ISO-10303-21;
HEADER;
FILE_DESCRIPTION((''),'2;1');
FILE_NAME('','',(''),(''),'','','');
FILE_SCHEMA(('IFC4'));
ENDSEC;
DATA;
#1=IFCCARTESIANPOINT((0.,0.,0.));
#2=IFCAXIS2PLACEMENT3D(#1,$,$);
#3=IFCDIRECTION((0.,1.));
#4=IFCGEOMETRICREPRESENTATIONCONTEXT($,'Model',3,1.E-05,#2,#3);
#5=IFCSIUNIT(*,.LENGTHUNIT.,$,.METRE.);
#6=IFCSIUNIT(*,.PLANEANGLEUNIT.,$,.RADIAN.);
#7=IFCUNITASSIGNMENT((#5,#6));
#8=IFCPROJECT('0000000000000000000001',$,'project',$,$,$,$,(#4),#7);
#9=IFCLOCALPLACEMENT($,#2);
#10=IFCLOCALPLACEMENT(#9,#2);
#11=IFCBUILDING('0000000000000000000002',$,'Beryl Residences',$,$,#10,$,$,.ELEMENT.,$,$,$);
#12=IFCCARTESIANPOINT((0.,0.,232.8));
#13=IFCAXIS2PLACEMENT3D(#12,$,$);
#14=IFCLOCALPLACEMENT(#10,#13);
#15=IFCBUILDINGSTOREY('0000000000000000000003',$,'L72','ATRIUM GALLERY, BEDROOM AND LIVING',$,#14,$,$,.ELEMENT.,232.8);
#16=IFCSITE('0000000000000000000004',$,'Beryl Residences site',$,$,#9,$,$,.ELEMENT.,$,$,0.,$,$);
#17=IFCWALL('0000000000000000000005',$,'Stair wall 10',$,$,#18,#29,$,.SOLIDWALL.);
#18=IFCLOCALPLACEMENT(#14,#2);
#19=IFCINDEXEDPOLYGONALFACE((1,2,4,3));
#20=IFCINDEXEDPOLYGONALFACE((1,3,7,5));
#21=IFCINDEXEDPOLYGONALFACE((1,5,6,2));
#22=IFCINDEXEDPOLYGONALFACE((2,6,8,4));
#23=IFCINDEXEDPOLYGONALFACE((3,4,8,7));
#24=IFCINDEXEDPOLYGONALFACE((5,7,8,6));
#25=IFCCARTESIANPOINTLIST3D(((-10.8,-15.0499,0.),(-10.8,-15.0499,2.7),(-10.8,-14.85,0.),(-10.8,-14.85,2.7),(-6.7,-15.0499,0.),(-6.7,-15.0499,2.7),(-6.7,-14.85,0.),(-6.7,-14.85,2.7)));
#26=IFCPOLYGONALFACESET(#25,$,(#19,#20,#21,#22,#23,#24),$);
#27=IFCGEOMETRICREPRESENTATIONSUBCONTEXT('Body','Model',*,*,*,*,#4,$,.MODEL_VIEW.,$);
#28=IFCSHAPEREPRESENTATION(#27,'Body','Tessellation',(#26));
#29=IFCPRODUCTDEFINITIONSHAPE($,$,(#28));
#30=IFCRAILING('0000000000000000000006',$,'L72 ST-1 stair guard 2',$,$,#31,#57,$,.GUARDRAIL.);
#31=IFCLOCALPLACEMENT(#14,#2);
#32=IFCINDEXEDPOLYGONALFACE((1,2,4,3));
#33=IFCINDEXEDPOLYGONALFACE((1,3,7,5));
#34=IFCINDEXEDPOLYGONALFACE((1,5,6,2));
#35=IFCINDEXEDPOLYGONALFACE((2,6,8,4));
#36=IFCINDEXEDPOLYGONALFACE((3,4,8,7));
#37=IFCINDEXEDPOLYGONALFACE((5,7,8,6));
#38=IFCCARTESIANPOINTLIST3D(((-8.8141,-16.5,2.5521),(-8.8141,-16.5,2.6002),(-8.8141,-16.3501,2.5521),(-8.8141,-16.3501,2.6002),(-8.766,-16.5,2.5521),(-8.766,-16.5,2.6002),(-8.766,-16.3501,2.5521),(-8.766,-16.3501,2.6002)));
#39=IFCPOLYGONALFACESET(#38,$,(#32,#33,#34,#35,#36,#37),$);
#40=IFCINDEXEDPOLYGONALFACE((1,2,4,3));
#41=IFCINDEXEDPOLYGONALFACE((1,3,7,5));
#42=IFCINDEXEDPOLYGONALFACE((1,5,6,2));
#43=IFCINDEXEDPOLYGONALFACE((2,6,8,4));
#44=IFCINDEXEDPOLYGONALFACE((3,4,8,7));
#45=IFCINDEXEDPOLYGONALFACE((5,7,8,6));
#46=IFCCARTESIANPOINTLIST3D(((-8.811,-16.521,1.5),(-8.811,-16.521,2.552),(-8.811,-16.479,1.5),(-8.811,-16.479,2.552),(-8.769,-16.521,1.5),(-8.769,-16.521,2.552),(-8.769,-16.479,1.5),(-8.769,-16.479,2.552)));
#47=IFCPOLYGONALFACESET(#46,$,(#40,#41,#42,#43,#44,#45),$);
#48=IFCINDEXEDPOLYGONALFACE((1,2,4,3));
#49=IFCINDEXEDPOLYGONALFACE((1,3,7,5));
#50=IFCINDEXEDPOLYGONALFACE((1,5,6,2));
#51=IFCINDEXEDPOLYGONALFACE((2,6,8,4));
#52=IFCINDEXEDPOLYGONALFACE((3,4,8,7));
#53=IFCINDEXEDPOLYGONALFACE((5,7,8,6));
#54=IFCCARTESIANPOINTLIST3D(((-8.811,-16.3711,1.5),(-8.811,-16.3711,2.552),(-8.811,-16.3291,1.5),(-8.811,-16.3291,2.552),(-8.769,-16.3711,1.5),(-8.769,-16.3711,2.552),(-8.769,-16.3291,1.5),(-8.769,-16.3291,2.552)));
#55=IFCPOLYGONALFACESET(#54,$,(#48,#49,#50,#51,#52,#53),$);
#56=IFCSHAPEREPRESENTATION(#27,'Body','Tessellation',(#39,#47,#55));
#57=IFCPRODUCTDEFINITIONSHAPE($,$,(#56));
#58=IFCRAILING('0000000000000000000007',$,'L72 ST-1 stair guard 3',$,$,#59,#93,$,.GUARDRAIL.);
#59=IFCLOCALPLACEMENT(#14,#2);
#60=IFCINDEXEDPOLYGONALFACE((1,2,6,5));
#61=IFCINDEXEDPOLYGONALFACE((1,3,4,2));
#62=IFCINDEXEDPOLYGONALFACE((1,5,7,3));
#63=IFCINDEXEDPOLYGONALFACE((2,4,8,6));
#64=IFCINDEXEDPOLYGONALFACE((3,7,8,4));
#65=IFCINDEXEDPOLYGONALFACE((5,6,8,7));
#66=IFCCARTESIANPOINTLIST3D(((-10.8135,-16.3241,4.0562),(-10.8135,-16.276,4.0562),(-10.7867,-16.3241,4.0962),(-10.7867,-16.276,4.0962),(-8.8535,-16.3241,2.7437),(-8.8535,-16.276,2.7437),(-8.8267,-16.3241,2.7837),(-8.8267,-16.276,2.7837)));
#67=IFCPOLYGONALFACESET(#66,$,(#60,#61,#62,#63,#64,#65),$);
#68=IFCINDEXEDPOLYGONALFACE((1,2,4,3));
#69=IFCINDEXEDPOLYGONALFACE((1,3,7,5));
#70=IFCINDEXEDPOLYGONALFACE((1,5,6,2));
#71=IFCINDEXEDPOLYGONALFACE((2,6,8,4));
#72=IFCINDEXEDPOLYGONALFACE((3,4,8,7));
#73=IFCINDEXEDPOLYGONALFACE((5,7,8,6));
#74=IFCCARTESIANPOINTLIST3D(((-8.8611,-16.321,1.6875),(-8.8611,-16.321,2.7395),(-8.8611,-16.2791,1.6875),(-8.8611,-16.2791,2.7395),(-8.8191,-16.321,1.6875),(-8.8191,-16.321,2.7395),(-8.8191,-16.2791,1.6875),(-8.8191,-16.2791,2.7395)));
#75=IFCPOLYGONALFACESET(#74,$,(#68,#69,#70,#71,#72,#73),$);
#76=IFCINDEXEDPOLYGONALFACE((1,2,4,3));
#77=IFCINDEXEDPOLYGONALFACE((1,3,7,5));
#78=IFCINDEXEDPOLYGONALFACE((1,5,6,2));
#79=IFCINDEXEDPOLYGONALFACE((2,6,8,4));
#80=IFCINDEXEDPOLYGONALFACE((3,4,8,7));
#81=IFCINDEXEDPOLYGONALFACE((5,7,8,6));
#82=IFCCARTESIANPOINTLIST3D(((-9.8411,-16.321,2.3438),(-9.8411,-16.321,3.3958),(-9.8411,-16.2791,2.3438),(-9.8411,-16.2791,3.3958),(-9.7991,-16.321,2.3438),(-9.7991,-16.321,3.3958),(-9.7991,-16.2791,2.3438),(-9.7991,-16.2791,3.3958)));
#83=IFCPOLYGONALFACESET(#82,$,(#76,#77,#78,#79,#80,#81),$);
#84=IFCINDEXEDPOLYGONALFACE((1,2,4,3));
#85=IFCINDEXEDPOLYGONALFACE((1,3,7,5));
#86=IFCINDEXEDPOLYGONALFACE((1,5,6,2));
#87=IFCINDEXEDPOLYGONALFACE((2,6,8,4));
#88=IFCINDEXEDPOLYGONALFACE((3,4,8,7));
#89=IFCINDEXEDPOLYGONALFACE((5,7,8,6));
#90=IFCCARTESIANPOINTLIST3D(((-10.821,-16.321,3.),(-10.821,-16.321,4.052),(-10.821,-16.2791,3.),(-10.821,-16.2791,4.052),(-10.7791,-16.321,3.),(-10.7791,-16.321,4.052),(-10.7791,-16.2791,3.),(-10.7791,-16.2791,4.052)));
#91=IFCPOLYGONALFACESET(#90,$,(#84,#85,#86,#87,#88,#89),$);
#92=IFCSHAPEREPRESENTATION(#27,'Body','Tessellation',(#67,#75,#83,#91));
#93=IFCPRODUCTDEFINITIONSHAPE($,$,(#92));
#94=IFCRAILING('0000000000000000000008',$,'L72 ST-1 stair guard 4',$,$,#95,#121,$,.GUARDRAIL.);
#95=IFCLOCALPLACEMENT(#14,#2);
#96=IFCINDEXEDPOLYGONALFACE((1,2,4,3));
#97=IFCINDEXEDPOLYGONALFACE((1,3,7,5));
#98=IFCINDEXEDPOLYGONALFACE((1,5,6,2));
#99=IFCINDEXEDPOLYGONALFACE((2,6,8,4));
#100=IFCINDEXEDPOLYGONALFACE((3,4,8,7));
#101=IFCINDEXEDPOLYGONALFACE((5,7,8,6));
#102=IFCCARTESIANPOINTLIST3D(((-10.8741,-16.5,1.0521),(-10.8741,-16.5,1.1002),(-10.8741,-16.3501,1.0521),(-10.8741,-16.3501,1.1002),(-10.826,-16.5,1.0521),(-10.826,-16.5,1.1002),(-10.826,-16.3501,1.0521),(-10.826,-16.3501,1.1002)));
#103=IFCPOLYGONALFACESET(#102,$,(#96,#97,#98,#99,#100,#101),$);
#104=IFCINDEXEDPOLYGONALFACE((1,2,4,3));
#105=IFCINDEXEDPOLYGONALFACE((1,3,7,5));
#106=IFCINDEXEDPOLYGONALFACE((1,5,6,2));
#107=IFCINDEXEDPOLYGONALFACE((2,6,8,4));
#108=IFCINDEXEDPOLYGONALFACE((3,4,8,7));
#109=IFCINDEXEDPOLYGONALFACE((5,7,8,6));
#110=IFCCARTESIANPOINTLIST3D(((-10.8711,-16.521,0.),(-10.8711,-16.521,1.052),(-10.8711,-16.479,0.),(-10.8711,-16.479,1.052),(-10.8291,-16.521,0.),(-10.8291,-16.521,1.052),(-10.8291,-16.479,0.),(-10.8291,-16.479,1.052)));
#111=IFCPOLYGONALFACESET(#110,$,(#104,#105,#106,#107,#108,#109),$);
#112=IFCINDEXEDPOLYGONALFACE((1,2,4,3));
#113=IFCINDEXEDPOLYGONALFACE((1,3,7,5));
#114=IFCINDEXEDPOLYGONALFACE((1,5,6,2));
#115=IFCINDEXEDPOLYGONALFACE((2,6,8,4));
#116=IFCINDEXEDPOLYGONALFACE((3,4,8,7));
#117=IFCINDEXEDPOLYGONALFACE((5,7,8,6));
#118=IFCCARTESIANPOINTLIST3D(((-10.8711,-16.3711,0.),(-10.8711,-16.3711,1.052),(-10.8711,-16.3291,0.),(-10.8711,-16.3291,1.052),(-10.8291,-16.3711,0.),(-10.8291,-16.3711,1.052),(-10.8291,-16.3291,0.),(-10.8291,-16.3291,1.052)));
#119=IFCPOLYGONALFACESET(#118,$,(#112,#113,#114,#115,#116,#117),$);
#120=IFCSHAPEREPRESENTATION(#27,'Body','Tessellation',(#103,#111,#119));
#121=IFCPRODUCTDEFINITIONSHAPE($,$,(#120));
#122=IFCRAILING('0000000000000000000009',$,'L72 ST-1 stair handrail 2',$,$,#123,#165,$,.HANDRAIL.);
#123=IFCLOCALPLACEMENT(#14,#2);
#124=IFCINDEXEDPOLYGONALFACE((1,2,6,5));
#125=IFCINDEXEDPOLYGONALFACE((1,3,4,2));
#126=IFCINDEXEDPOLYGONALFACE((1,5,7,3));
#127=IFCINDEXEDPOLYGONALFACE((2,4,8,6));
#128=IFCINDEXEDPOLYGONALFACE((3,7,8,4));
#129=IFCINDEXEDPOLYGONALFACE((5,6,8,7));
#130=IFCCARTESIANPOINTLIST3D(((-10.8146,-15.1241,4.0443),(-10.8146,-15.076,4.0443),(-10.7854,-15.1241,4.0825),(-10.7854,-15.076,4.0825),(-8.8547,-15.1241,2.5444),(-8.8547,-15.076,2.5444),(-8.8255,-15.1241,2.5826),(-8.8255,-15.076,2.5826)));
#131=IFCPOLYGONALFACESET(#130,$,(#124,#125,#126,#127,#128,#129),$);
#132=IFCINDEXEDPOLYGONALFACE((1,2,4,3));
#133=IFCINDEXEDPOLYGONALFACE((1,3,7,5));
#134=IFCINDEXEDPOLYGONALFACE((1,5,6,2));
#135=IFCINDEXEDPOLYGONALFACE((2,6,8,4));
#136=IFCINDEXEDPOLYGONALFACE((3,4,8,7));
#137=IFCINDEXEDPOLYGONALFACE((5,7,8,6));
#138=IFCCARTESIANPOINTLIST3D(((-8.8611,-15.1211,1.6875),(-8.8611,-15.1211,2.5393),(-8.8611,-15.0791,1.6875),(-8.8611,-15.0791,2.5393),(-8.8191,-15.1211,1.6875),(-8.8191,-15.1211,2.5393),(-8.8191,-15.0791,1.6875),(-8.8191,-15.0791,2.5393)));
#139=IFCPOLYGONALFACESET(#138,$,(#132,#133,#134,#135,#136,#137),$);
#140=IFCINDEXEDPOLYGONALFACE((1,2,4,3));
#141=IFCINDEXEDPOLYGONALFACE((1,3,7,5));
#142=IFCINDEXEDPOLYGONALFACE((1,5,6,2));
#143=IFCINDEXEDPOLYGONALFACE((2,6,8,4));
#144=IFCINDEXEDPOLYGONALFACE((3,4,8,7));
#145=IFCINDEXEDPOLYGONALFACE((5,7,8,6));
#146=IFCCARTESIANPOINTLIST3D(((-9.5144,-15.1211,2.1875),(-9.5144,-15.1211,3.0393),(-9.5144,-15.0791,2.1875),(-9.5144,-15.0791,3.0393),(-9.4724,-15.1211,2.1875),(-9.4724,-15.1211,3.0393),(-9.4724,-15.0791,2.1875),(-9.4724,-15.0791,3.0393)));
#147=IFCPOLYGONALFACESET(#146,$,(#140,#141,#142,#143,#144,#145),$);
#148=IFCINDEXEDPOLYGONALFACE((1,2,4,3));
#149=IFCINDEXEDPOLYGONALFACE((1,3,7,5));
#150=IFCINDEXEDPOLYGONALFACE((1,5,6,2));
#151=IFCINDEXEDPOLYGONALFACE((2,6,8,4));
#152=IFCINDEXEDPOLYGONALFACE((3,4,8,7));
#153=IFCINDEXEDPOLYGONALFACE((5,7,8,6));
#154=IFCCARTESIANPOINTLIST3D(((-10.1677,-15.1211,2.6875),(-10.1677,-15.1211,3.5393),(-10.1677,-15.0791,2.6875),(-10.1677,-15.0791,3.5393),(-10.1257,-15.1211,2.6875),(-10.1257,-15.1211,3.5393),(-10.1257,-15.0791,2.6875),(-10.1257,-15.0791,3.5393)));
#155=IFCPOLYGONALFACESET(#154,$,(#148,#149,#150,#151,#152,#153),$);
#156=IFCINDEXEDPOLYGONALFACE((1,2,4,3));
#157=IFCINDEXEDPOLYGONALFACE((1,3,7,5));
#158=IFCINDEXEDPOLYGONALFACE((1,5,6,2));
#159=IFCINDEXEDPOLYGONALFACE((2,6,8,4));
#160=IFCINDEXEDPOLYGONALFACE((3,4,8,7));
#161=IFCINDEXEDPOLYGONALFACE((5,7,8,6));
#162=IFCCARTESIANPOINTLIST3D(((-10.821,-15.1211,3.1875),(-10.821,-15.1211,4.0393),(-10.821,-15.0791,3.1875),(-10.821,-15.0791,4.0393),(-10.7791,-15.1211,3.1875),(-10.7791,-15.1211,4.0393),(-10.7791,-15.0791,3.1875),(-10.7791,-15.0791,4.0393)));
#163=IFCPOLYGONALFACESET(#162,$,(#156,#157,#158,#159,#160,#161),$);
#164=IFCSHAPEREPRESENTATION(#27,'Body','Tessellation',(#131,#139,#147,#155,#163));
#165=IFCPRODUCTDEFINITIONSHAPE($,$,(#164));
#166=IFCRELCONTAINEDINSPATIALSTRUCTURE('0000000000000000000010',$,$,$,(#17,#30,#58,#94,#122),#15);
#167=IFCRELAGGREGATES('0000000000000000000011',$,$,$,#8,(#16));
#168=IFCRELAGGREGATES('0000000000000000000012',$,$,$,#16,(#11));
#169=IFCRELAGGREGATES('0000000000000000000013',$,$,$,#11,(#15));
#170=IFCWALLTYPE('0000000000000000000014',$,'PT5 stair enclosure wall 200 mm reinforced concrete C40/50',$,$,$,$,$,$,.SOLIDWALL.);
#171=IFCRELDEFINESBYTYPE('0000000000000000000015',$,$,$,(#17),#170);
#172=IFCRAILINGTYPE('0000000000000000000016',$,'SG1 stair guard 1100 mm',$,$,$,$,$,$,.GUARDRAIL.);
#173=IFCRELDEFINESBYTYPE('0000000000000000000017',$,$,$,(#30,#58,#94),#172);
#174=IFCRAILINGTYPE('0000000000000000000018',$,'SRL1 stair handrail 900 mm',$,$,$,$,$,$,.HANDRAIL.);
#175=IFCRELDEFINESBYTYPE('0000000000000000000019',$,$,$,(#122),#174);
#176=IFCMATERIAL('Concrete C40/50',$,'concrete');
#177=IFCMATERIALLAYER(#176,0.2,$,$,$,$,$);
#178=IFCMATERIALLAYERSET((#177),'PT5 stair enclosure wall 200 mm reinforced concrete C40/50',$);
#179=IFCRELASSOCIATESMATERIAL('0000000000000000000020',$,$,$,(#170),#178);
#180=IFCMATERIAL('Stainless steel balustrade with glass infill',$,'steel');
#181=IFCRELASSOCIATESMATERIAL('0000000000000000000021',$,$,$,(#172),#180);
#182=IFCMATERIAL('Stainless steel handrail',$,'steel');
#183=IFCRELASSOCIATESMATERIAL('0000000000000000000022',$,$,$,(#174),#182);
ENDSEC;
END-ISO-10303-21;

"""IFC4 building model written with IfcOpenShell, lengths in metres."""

from ifc_helpers import new_model, si_unit, direction, frame, frame_2d, origin, origin_2d, place, context, subcontext, project, spatial, rectangle, extrude, material, layer, layer_set, type_object, element, save


model = new_model("IFC4")

# Units and contexts
model_context = context("Model", 3, precision=1e-05, world=origin(), true_north=direction((0.0, 1.0)))
body_context = subcontext(model_context, "Body", "Model", "MODEL_VIEW")
ifc_project = project(units=[si_unit("LENGTHUNIT", "METRE"), si_unit("PLANEANGLEUNIT", "RADIAN")], contexts=[model_context])

# Site, building, storey
site_placement = place(None, origin())
site = spatial("IfcSite", under=ifc_project, at=site_placement, Name="Beryl Residences site", CompositionType="ELEMENT", RefElevation=0.0)
building_placement = place(site_placement, origin())
building = spatial("IfcBuilding", under=site, at=building_placement, Name="Beryl Residences", CompositionType="ELEMENT")
storey_placement = place(building_placement, frame((0.0, 0.0, 232.8)))
storey = spatial("IfcBuildingStorey", under=building, at=storey_placement, Name="L72", Description="ATRIUM GALLERY, BEDROOM AND LIVING", CompositionType="ELEMENT", Elevation=232.8)

# Wall
ifc_material_1 = material(Name="Concrete C40/50", Category="concrete")
ifc_layer = layer(ifc_material_1, 0.2)
ifc_layer_set = layer_set([ifc_layer], Name="PT5 stair enclosure wall 200 mm reinforced concrete C40/50")
wall_type = type_object("IfcWallType", Name="PT5 stair enclosure wall 200 mm reinforced concrete C40/50", PredefinedType="SOLIDWALL", material=ifc_layer_set)
wall_placement = place(storey_placement, frame((-10.8, -14.95, 0.0), z_axis=(0.0, 0.0, 1.0), x_axis=(1.0, 0.0, 0.0)))
element("IfcWall", 1, at=wall_placement, inside=storey, type_object=wall_type, Name="Stair wall 10", PredefinedType="SOLIDWALL", context=body_context, shape_type="SweptSolid", body=[
    extrude(rectangle(XDim=4.1001, YDim=0.2, at=frame_2d((2.05, 0.0))), origin(), (0.0, 0.0, 1.0), 2.7),
])

# Railings
ifc_material_2 = material(Name="Stainless steel balustrade with glass infill", Category="steel")
railing_type_1 = type_object("IfcRailingType", Name="SG1 stair guard 1100 mm", PredefinedType="GUARDRAIL", material=ifc_material_2)
railing_1_placement = place(storey_placement, frame((-8.79, -16.5, 1.5)))
element("IfcRailing", 2, at=railing_1_placement, inside=storey, type_object=railing_type_1, Name="L72 ST-1 stair guard 2", PredefinedType="GUARDRAIL", context=body_context, shape_type="SweptSolid", body=[
    extrude(rectangle(XDim=0.0481, YDim=0.0481, at=origin_2d()), frame((0.0, 0.0, 1.0762), z_axis=(0.0, 1.0, 0.0), x_axis=(-1.0, 0.0, 0.0)), (0.0, 0.0, 1.0), 0.1499),
    extrude(rectangle(XDim=0.042, YDim=0.042, at=origin_2d()), origin(), (0.0, 0.0, 1.0), 1.052),
    extrude(rectangle(XDim=0.042, YDim=0.042, at=origin_2d()), frame((0.0, 0.1499, 0.0)), (0.0, 0.0, 1.0), 1.052),
])
railing_2_placement = place(storey_placement, frame((-8.8401, -16.3, 1.6875)))
element("IfcRailing", 3, at=railing_2_placement, inside=storey, type_object=railing_type_1, Name="L72 ST-1 stair guard 3", PredefinedType="GUARDRAIL", context=body_context, shape_type="SweptSolid", body=[
    extrude(rectangle(XDim=0.0481, YDim=0.0481, at=origin_2d()), frame((0.0, 0.0, 1.0762), z_axis=(-0.830902, 0.0, 0.556419), x_axis=(0.0, -1.0, 0.0)), (0.0, 0.0, 1.0), 2.3589),
    extrude(rectangle(XDim=0.042, YDim=0.042, at=origin_2d()), origin(), (0.0, 0.0, 1.0), 1.052),
    extrude(rectangle(XDim=0.042, YDim=0.042, at=origin_2d()), frame((-0.98, 0.0, 0.6562)), (0.0, 0.0, 1.0), 1.052),
    extrude(rectangle(XDim=0.042, YDim=0.042, at=origin_2d()), frame((-1.96, 0.0, 1.3125)), (0.0, 0.0, 1.0), 1.052),
])
railing_3_placement = place(storey_placement, frame((-10.8501, -16.5, 0.0)))
element("IfcRailing", 4, at=railing_3_placement, inside=storey, type_object=railing_type_1, Name="L72 ST-1 stair guard 4", PredefinedType="GUARDRAIL", context=body_context, shape_type="SweptSolid", body=[
    extrude(rectangle(XDim=0.0481, YDim=0.0481, at=origin_2d()), frame((0.0, 0.0, 1.0762), z_axis=(0.0, 1.0, 0.0), x_axis=(-1.0, 0.0, 0.0)), (0.0, 0.0, 1.0), 0.1499),
    extrude(rectangle(XDim=0.042, YDim=0.042, at=origin_2d()), origin(), (0.0, 0.0, 1.0), 1.052),
    extrude(rectangle(XDim=0.042, YDim=0.042, at=origin_2d()), frame((0.0, 0.1499, 0.0)), (0.0, 0.0, 1.0), 1.052),
])
ifc_material_3 = material(Name="Stainless steel handrail", Category="steel")
railing_type_2 = type_object("IfcRailingType", Name="SRL1 stair handrail 900 mm", PredefinedType="HANDRAIL", material=ifc_material_3)
railing_4_placement = place(storey_placement, frame((-8.8401, -15.1001, 1.6875)))
element("IfcRailing", 5, at=railing_4_placement, inside=storey, type_object=railing_type_2, Name="L72 ST-1 stair handrail 2", PredefinedType="HANDRAIL", context=body_context, shape_type="SweptSolid", body=[
    extrude(rectangle(XDim=0.0481, YDim=0.0481, at=origin_2d()), frame((0.0, 0.0, 0.876), z_axis=(-0.794122, 0.0, 0.607758), x_axis=(0.0, -1.0, 0.0)), (0.0, 0.0, 1.0), 2.468),
    extrude(rectangle(XDim=0.042, YDim=0.042, at=origin_2d()), origin(), (0.0, 0.0, 1.0), 0.8518),
    extrude(rectangle(XDim=0.042, YDim=0.042, at=origin_2d()), frame((-0.6533, 0.0, 0.5)), (0.0, 0.0, 1.0), 0.8518),
    extrude(rectangle(XDim=0.042, YDim=0.042, at=origin_2d()), frame((-1.3066, 0.0, 1.0)), (0.0, 0.0, 1.0), 0.8518),
    extrude(rectangle(XDim=0.042, YDim=0.042, at=origin_2d()), frame((-1.96, 0.0, 1.5)), (0.0, 0.0, 1.0), 0.8518),
])

save(model, "model.ifc")
